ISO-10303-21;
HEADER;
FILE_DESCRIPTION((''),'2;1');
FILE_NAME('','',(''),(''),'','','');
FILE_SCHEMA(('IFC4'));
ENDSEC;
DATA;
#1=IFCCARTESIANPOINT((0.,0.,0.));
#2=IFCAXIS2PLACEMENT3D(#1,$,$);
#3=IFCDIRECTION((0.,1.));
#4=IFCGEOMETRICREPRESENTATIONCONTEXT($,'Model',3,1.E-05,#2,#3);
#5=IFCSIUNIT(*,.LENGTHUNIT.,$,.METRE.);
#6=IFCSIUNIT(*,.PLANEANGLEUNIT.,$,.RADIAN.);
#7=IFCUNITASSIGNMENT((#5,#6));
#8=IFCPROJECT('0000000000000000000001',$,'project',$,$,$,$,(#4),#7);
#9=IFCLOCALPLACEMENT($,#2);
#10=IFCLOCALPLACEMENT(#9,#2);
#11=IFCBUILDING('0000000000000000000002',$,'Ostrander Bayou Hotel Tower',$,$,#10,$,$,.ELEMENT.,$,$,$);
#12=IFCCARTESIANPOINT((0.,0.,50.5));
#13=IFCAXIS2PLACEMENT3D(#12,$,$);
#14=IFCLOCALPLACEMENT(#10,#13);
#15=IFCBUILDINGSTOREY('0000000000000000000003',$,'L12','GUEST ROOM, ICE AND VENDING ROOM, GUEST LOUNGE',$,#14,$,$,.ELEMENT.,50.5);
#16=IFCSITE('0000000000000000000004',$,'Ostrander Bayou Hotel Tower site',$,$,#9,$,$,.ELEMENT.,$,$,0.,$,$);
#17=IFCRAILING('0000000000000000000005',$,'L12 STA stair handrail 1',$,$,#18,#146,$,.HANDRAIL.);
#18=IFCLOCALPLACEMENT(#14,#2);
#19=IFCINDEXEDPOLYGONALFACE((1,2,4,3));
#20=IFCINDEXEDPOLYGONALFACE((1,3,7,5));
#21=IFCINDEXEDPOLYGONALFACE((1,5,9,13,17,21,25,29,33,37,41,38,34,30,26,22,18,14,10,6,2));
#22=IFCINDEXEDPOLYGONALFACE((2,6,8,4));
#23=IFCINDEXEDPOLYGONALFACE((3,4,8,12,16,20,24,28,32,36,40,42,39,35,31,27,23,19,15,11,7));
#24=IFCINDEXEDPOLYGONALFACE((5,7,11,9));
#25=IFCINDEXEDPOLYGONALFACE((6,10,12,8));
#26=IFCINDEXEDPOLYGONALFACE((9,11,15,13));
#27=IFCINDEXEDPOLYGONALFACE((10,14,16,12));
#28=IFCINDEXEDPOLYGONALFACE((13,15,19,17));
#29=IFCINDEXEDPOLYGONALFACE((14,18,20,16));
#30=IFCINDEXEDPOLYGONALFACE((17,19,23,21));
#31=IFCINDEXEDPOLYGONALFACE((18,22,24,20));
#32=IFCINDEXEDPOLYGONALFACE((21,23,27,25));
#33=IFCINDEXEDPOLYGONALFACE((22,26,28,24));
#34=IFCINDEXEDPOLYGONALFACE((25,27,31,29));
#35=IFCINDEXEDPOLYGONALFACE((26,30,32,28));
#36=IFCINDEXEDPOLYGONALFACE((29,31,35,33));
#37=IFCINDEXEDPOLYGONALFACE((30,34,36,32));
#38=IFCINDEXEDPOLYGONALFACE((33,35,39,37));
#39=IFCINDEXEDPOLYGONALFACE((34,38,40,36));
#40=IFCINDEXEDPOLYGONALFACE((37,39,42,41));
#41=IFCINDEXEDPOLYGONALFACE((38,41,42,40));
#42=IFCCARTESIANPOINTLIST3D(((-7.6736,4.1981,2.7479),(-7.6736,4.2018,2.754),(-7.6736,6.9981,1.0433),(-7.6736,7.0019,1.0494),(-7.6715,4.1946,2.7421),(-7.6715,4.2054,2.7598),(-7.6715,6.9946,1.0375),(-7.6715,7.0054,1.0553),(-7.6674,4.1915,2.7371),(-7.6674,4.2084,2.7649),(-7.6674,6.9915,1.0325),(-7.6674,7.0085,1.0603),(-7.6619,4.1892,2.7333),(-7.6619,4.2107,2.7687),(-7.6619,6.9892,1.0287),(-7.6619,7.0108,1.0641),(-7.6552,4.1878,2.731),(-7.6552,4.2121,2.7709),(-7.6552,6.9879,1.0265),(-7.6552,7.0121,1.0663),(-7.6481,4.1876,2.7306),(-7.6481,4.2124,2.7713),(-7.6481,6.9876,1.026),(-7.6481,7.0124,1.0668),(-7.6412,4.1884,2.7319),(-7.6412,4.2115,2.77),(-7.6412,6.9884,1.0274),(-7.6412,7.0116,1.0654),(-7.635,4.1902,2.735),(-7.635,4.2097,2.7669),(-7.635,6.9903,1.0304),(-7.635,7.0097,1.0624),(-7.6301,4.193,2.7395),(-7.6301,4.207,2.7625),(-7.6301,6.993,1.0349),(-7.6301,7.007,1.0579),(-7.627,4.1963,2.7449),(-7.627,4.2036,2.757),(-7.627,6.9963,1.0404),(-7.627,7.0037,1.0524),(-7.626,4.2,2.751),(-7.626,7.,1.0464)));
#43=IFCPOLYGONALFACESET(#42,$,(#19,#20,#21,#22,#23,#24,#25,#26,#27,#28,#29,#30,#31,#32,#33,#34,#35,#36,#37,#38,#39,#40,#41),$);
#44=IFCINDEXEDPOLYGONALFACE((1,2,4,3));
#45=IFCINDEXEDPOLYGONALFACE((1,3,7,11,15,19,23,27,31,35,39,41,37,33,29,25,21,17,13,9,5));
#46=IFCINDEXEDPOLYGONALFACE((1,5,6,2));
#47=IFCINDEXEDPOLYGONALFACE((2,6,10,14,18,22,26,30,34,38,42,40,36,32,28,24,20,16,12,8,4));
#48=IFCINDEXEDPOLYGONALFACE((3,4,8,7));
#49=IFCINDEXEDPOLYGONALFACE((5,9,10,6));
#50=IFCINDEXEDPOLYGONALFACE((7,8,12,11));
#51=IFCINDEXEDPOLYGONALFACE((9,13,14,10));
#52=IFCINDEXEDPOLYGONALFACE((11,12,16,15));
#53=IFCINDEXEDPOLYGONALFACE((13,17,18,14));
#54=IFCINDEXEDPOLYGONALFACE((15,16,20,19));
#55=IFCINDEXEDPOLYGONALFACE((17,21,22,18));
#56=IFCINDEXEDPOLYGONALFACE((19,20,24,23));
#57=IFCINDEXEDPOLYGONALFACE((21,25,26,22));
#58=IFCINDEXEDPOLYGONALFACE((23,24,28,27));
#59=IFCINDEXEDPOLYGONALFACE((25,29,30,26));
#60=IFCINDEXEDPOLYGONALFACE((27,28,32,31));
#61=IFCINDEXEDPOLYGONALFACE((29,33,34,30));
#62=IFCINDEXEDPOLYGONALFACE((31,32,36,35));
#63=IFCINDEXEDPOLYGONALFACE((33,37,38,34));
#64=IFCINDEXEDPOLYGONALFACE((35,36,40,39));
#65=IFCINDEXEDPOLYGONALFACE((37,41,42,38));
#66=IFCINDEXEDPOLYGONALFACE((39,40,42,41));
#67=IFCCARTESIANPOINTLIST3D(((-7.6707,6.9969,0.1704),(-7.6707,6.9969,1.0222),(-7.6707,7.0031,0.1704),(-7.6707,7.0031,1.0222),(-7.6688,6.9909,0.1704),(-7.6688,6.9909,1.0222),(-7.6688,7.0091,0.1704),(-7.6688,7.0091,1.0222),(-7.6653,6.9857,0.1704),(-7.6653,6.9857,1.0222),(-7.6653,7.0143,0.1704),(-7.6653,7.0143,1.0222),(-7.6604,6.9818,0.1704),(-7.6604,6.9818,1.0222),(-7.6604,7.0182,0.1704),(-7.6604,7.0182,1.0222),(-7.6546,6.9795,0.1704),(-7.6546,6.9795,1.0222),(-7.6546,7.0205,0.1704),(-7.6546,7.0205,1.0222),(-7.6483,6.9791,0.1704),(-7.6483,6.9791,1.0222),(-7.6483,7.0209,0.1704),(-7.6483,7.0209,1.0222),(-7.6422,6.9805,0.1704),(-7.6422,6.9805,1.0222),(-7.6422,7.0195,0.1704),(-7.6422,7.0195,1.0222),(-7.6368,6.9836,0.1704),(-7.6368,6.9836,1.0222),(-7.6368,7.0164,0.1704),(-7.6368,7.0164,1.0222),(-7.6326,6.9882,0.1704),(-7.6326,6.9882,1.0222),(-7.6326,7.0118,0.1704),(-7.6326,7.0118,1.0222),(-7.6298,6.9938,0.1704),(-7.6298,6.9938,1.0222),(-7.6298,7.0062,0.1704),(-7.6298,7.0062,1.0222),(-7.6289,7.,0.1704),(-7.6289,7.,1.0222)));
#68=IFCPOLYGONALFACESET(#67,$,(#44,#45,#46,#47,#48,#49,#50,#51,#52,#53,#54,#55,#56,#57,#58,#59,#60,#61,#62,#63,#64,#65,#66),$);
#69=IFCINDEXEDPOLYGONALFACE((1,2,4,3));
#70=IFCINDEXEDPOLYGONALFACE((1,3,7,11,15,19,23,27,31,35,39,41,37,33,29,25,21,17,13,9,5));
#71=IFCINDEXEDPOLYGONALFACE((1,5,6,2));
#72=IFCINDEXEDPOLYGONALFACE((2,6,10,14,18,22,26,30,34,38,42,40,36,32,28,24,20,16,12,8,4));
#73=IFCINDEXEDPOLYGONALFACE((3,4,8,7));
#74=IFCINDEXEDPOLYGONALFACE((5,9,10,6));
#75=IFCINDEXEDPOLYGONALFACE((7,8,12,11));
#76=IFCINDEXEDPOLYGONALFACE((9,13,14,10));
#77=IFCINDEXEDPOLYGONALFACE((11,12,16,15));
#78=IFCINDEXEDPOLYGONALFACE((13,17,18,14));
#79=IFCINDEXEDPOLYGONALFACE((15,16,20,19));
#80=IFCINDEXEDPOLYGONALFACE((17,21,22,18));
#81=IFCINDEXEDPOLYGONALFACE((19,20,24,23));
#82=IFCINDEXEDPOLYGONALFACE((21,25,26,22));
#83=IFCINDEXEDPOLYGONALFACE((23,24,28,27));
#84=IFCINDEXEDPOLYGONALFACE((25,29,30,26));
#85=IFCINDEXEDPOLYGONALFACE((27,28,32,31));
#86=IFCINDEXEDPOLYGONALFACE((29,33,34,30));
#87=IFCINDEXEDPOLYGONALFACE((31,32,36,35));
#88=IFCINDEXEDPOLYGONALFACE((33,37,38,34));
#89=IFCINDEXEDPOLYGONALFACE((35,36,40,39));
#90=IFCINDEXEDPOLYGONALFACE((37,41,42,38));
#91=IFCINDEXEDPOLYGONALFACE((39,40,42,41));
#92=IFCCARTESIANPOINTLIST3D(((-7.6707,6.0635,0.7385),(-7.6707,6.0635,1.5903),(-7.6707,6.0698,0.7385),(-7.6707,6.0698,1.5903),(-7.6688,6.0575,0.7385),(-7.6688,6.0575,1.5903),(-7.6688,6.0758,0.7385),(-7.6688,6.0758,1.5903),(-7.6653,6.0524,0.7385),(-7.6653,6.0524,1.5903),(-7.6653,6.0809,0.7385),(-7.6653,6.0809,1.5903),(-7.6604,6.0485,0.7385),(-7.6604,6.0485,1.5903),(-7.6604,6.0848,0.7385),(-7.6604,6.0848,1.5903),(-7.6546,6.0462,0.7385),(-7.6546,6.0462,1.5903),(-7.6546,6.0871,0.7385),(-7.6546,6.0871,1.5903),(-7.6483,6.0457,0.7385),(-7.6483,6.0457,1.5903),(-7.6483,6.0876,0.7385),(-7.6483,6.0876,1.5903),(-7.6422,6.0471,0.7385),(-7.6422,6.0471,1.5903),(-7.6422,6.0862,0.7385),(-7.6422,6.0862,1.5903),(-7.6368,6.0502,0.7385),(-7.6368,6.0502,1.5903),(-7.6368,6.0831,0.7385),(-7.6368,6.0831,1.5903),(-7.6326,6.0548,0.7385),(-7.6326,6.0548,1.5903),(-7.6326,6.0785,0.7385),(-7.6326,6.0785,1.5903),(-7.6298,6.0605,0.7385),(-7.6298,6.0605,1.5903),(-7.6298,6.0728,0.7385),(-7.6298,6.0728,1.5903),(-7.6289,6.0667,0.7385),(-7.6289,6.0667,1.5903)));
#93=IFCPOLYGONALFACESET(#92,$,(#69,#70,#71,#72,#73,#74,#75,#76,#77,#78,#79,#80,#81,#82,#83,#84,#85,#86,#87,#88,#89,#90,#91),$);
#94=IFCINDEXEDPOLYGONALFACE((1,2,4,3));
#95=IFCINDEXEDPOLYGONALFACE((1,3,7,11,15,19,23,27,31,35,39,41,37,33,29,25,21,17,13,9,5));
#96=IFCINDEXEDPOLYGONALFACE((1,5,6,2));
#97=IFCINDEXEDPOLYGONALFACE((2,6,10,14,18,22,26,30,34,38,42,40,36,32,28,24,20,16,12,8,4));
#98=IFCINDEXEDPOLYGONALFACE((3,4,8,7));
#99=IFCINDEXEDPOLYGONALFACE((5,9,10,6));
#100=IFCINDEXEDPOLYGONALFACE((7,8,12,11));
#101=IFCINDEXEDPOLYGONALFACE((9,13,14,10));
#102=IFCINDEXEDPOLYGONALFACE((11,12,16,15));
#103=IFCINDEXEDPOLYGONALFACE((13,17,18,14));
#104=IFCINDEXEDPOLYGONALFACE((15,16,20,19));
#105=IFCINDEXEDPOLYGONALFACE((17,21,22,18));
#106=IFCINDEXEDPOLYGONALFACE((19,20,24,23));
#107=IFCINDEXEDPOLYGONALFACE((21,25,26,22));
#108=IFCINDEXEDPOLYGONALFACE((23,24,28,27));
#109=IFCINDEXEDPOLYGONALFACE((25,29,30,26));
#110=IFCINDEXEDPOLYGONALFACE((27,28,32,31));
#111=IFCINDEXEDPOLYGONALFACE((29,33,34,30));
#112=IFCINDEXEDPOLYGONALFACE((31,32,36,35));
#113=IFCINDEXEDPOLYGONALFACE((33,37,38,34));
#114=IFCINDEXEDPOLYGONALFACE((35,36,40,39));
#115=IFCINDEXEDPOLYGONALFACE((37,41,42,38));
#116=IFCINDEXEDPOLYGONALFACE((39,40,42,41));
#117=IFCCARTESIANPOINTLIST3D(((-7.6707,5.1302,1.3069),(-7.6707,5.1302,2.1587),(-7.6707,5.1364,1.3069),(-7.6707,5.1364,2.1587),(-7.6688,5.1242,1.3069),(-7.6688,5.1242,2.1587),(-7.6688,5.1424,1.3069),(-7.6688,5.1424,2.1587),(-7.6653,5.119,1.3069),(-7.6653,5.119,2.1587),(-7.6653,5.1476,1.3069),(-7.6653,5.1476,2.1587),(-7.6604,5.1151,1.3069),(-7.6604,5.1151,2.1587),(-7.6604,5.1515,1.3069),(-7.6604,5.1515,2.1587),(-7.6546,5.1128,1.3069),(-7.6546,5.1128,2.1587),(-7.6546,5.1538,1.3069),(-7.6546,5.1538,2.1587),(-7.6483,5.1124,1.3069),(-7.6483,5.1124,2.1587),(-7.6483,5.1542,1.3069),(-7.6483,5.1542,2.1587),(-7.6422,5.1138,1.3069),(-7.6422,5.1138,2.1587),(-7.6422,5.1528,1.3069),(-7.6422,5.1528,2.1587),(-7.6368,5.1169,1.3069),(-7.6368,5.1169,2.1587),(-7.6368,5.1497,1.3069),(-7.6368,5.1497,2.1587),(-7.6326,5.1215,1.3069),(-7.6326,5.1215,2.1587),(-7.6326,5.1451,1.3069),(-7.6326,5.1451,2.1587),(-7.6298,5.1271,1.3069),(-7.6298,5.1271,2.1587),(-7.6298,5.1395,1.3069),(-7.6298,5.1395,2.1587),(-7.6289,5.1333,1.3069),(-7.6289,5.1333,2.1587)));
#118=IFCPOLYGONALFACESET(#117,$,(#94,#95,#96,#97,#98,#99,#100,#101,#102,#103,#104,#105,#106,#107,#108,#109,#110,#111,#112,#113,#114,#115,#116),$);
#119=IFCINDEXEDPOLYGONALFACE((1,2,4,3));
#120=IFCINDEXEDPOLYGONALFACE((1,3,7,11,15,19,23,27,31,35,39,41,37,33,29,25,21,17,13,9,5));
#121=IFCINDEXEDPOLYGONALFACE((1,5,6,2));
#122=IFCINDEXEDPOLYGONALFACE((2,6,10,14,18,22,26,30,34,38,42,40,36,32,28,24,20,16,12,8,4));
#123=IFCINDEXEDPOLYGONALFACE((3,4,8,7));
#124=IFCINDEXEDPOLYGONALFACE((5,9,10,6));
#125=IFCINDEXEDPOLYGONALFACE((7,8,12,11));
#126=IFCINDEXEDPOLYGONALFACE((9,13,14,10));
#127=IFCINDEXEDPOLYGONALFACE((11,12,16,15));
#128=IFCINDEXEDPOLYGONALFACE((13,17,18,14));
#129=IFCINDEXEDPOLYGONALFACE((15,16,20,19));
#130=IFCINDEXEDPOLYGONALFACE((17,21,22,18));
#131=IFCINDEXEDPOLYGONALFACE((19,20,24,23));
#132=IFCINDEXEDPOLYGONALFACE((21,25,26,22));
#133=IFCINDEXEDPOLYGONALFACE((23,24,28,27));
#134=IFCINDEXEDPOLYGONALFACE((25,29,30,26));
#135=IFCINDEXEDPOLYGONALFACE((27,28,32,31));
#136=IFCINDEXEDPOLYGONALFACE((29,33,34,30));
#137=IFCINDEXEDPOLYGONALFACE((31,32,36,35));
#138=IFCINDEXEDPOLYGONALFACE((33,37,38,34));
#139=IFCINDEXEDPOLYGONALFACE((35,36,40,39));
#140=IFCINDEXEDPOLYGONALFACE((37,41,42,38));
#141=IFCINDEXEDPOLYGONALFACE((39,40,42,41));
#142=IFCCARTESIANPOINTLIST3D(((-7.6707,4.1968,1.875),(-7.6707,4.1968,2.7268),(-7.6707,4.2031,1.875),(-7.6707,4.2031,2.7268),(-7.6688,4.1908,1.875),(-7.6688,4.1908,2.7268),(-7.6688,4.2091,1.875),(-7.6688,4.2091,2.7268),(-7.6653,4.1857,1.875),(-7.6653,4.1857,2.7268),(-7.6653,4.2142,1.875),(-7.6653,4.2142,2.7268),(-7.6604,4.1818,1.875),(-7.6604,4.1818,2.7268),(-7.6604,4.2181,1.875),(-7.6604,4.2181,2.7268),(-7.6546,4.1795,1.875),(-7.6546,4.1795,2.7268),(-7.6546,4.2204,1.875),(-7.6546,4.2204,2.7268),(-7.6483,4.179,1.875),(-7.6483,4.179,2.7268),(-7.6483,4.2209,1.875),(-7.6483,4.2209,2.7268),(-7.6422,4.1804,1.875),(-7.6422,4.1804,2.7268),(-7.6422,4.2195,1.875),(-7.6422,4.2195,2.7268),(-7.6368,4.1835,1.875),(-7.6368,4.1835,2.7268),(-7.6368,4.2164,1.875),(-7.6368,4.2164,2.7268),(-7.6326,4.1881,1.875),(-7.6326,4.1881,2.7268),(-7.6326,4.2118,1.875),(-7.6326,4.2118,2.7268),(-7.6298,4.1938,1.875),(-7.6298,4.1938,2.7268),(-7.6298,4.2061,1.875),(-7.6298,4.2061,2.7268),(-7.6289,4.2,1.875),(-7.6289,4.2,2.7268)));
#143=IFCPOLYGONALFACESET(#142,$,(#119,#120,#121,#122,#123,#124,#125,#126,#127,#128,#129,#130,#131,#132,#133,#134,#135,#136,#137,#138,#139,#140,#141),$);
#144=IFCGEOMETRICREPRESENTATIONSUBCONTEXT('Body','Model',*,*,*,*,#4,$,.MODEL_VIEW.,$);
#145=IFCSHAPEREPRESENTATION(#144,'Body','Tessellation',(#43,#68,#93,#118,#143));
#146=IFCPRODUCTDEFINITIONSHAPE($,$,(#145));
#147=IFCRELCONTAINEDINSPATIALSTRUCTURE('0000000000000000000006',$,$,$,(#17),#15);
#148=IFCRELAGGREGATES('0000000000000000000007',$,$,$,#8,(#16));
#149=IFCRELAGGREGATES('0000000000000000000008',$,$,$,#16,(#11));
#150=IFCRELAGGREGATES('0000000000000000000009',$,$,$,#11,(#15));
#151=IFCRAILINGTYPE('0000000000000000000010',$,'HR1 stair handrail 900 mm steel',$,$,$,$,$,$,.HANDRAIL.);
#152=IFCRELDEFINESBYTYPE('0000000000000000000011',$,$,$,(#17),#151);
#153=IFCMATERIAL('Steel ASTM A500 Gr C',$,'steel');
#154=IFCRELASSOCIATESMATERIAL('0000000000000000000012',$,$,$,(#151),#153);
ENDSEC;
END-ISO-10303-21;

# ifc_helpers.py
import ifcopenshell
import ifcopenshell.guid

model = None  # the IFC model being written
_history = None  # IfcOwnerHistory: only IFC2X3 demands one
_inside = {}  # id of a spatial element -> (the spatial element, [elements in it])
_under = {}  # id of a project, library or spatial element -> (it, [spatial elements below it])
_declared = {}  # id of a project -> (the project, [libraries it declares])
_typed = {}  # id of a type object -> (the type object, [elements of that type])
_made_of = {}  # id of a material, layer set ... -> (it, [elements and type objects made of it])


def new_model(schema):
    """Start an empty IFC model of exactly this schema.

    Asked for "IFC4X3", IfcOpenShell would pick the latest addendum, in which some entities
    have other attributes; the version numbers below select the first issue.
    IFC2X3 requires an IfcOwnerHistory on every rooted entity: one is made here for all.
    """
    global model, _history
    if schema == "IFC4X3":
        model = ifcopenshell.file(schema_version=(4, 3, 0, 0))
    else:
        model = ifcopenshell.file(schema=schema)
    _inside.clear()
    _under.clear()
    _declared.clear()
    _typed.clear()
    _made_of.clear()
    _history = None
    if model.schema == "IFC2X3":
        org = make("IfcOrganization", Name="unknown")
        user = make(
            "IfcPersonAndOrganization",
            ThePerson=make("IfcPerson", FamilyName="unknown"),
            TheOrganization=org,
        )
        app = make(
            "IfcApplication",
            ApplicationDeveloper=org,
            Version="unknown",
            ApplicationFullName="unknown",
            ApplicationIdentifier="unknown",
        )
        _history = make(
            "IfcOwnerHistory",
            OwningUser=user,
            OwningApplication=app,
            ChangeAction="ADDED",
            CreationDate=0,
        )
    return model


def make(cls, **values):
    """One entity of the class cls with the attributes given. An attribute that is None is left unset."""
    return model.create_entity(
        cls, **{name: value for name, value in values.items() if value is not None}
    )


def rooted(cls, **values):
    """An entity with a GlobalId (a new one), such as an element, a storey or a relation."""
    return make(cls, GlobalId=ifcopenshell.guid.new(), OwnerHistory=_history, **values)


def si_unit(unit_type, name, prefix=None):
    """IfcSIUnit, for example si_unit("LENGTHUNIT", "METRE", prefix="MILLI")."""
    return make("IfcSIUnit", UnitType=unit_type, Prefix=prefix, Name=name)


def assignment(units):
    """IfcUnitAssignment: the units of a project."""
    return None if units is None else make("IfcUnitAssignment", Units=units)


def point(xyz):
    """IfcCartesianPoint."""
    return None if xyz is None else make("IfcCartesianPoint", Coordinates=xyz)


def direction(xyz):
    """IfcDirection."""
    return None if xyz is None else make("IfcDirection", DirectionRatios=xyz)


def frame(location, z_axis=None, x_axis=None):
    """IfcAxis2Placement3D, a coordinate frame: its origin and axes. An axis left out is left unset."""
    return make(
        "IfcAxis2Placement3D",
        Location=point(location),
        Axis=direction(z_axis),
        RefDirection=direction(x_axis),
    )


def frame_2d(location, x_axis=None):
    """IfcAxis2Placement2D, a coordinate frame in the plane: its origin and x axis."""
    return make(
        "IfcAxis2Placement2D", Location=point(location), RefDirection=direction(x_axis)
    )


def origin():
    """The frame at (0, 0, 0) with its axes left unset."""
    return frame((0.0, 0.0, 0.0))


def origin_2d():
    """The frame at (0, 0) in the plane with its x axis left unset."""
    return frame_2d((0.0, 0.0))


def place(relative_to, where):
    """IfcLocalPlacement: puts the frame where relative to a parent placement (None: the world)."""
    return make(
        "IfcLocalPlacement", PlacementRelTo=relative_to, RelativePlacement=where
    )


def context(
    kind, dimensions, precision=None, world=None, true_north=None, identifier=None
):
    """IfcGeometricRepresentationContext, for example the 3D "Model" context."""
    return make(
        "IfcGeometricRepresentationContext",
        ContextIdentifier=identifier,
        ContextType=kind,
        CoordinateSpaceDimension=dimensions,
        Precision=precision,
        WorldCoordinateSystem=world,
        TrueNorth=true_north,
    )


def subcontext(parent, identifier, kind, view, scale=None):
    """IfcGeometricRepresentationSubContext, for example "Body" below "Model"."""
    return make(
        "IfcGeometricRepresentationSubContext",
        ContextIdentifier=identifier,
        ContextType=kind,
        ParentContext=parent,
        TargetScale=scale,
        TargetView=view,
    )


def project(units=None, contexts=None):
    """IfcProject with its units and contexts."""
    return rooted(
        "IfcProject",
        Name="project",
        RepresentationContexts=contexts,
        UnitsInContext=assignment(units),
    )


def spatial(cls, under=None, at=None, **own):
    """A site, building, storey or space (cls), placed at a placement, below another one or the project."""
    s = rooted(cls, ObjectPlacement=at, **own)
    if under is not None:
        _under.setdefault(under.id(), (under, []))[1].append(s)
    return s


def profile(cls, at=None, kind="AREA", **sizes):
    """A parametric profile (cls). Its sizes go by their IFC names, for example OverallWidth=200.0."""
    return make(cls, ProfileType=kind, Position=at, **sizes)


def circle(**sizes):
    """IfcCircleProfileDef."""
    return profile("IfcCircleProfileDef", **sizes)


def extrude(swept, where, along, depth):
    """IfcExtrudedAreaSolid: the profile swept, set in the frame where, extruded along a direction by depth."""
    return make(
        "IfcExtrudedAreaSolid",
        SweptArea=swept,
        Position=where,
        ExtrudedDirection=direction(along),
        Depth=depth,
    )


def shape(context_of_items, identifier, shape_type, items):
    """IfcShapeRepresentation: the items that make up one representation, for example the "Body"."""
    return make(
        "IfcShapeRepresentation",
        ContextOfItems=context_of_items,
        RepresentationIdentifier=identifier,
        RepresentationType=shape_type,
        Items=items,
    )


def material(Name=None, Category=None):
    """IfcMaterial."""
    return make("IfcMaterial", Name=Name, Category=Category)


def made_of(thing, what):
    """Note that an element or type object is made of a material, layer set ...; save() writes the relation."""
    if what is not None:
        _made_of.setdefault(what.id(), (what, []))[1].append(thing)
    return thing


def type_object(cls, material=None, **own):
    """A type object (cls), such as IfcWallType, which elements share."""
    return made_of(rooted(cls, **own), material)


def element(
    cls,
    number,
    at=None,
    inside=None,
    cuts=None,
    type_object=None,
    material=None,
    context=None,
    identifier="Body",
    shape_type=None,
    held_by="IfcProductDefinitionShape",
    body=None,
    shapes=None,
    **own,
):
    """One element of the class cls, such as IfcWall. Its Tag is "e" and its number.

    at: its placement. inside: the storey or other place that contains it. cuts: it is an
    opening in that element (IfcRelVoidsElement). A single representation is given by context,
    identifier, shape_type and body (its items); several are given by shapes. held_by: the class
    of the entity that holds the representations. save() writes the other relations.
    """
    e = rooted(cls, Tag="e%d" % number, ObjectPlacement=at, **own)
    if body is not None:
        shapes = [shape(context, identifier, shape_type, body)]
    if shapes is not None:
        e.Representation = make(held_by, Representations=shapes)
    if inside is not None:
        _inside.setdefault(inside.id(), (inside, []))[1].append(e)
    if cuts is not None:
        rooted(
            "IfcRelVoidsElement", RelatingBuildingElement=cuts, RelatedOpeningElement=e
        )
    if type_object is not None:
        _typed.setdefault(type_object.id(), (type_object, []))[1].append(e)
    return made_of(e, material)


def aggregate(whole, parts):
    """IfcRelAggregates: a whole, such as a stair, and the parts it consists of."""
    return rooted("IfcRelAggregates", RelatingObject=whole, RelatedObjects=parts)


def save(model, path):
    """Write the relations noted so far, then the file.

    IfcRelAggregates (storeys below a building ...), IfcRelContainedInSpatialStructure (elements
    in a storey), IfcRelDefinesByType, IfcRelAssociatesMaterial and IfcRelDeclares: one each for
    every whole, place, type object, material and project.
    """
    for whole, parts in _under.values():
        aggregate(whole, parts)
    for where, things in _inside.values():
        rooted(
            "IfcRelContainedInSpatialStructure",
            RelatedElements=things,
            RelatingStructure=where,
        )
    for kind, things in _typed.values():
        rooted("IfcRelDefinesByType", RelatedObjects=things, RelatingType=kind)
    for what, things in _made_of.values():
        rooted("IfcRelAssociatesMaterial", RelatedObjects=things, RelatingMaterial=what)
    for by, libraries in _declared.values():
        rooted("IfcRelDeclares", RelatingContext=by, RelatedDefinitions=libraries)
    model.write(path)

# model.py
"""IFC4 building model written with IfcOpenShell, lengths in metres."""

from ifc_helpers import new_model, si_unit, direction, frame, origin, origin_2d, place, context, subcontext, project, spatial, circle, extrude, material, type_object, element, save


model = new_model("IFC4")

# Units and contexts
model_context = context("Model", 3, precision=1e-05, world=origin(), true_north=direction((0.0, 1.0)))
body_context = subcontext(model_context, "Body", "Model", "MODEL_VIEW")
ifc_project = project(units=[si_unit("LENGTHUNIT", "METRE"), si_unit("PLANEANGLEUNIT", "RADIAN")], contexts=[model_context])

# Site, building, storey
site_placement = place(None, origin())
site = spatial("IfcSite", under=ifc_project, at=site_placement, Name="Ostrander Bayou Hotel Tower site", CompositionType="ELEMENT", RefElevation=0.0)
building_placement = place(site_placement, origin())
building = spatial("IfcBuilding", under=site, at=building_placement, Name="Ostrander Bayou Hotel Tower", CompositionType="ELEMENT")
storey_placement = place(building_placement, frame((0.0, 0.0, 50.5)))
storey = spatial("IfcBuildingStorey", under=building, at=storey_placement, Name="L12", Description="GUEST ROOM, ICE AND VENDING ROOM, GUEST LOUNGE", CompositionType="ELEMENT", Elevation=50.5)

# Railing
ifc_material_1 = material(Name="Steel ASTM A500 Gr C", Category="steel")
railing_type_1 = type_object("IfcRailingType", Name="HR1 stair handrail 900 mm steel", PredefinedType="HANDRAIL", material=ifc_material_1)
railing_1_placement = place(storey_placement, frame((-7.6499, 7.0, 0.1704)))
element("IfcRailing", 1, at=railing_1_placement, inside=storey, type_object=railing_type_1, Name="L12 STA stair handrail 1", PredefinedType="HANDRAIL", context=body_context, shape_type="SweptSolid", body=[
    extrude(circle(Radius=0.0239, at=origin_2d()), frame((0.0, 0.0, 0.876), z_axis=(0.0, -0.85417, 0.519994), x_axis=(1.0, 0.0, 0.0)), (0.0, 0.0, 1.0), 3.2781),
    extrude(circle(Radius=0.021, at=origin_2d()), origin(), (0.0, 0.0, 1.0), 0.8518),
    extrude(circle(Radius=0.021, at=origin_2d()), frame((0.0, -0.9333, 0.5681)), (0.0, 0.0, 1.0), 0.8518),
    extrude(circle(Radius=0.021, at=origin_2d()), frame((0.0, -1.8667, 1.1365)), (0.0, 0.0, 1.0), 0.8518),
    extrude(circle(Radius=0.021, at=origin_2d()), frame((0.0, -2.8, 1.7046)), (0.0, 0.0, 1.0), 0.8518),
])

save(model, "model.ifc")
